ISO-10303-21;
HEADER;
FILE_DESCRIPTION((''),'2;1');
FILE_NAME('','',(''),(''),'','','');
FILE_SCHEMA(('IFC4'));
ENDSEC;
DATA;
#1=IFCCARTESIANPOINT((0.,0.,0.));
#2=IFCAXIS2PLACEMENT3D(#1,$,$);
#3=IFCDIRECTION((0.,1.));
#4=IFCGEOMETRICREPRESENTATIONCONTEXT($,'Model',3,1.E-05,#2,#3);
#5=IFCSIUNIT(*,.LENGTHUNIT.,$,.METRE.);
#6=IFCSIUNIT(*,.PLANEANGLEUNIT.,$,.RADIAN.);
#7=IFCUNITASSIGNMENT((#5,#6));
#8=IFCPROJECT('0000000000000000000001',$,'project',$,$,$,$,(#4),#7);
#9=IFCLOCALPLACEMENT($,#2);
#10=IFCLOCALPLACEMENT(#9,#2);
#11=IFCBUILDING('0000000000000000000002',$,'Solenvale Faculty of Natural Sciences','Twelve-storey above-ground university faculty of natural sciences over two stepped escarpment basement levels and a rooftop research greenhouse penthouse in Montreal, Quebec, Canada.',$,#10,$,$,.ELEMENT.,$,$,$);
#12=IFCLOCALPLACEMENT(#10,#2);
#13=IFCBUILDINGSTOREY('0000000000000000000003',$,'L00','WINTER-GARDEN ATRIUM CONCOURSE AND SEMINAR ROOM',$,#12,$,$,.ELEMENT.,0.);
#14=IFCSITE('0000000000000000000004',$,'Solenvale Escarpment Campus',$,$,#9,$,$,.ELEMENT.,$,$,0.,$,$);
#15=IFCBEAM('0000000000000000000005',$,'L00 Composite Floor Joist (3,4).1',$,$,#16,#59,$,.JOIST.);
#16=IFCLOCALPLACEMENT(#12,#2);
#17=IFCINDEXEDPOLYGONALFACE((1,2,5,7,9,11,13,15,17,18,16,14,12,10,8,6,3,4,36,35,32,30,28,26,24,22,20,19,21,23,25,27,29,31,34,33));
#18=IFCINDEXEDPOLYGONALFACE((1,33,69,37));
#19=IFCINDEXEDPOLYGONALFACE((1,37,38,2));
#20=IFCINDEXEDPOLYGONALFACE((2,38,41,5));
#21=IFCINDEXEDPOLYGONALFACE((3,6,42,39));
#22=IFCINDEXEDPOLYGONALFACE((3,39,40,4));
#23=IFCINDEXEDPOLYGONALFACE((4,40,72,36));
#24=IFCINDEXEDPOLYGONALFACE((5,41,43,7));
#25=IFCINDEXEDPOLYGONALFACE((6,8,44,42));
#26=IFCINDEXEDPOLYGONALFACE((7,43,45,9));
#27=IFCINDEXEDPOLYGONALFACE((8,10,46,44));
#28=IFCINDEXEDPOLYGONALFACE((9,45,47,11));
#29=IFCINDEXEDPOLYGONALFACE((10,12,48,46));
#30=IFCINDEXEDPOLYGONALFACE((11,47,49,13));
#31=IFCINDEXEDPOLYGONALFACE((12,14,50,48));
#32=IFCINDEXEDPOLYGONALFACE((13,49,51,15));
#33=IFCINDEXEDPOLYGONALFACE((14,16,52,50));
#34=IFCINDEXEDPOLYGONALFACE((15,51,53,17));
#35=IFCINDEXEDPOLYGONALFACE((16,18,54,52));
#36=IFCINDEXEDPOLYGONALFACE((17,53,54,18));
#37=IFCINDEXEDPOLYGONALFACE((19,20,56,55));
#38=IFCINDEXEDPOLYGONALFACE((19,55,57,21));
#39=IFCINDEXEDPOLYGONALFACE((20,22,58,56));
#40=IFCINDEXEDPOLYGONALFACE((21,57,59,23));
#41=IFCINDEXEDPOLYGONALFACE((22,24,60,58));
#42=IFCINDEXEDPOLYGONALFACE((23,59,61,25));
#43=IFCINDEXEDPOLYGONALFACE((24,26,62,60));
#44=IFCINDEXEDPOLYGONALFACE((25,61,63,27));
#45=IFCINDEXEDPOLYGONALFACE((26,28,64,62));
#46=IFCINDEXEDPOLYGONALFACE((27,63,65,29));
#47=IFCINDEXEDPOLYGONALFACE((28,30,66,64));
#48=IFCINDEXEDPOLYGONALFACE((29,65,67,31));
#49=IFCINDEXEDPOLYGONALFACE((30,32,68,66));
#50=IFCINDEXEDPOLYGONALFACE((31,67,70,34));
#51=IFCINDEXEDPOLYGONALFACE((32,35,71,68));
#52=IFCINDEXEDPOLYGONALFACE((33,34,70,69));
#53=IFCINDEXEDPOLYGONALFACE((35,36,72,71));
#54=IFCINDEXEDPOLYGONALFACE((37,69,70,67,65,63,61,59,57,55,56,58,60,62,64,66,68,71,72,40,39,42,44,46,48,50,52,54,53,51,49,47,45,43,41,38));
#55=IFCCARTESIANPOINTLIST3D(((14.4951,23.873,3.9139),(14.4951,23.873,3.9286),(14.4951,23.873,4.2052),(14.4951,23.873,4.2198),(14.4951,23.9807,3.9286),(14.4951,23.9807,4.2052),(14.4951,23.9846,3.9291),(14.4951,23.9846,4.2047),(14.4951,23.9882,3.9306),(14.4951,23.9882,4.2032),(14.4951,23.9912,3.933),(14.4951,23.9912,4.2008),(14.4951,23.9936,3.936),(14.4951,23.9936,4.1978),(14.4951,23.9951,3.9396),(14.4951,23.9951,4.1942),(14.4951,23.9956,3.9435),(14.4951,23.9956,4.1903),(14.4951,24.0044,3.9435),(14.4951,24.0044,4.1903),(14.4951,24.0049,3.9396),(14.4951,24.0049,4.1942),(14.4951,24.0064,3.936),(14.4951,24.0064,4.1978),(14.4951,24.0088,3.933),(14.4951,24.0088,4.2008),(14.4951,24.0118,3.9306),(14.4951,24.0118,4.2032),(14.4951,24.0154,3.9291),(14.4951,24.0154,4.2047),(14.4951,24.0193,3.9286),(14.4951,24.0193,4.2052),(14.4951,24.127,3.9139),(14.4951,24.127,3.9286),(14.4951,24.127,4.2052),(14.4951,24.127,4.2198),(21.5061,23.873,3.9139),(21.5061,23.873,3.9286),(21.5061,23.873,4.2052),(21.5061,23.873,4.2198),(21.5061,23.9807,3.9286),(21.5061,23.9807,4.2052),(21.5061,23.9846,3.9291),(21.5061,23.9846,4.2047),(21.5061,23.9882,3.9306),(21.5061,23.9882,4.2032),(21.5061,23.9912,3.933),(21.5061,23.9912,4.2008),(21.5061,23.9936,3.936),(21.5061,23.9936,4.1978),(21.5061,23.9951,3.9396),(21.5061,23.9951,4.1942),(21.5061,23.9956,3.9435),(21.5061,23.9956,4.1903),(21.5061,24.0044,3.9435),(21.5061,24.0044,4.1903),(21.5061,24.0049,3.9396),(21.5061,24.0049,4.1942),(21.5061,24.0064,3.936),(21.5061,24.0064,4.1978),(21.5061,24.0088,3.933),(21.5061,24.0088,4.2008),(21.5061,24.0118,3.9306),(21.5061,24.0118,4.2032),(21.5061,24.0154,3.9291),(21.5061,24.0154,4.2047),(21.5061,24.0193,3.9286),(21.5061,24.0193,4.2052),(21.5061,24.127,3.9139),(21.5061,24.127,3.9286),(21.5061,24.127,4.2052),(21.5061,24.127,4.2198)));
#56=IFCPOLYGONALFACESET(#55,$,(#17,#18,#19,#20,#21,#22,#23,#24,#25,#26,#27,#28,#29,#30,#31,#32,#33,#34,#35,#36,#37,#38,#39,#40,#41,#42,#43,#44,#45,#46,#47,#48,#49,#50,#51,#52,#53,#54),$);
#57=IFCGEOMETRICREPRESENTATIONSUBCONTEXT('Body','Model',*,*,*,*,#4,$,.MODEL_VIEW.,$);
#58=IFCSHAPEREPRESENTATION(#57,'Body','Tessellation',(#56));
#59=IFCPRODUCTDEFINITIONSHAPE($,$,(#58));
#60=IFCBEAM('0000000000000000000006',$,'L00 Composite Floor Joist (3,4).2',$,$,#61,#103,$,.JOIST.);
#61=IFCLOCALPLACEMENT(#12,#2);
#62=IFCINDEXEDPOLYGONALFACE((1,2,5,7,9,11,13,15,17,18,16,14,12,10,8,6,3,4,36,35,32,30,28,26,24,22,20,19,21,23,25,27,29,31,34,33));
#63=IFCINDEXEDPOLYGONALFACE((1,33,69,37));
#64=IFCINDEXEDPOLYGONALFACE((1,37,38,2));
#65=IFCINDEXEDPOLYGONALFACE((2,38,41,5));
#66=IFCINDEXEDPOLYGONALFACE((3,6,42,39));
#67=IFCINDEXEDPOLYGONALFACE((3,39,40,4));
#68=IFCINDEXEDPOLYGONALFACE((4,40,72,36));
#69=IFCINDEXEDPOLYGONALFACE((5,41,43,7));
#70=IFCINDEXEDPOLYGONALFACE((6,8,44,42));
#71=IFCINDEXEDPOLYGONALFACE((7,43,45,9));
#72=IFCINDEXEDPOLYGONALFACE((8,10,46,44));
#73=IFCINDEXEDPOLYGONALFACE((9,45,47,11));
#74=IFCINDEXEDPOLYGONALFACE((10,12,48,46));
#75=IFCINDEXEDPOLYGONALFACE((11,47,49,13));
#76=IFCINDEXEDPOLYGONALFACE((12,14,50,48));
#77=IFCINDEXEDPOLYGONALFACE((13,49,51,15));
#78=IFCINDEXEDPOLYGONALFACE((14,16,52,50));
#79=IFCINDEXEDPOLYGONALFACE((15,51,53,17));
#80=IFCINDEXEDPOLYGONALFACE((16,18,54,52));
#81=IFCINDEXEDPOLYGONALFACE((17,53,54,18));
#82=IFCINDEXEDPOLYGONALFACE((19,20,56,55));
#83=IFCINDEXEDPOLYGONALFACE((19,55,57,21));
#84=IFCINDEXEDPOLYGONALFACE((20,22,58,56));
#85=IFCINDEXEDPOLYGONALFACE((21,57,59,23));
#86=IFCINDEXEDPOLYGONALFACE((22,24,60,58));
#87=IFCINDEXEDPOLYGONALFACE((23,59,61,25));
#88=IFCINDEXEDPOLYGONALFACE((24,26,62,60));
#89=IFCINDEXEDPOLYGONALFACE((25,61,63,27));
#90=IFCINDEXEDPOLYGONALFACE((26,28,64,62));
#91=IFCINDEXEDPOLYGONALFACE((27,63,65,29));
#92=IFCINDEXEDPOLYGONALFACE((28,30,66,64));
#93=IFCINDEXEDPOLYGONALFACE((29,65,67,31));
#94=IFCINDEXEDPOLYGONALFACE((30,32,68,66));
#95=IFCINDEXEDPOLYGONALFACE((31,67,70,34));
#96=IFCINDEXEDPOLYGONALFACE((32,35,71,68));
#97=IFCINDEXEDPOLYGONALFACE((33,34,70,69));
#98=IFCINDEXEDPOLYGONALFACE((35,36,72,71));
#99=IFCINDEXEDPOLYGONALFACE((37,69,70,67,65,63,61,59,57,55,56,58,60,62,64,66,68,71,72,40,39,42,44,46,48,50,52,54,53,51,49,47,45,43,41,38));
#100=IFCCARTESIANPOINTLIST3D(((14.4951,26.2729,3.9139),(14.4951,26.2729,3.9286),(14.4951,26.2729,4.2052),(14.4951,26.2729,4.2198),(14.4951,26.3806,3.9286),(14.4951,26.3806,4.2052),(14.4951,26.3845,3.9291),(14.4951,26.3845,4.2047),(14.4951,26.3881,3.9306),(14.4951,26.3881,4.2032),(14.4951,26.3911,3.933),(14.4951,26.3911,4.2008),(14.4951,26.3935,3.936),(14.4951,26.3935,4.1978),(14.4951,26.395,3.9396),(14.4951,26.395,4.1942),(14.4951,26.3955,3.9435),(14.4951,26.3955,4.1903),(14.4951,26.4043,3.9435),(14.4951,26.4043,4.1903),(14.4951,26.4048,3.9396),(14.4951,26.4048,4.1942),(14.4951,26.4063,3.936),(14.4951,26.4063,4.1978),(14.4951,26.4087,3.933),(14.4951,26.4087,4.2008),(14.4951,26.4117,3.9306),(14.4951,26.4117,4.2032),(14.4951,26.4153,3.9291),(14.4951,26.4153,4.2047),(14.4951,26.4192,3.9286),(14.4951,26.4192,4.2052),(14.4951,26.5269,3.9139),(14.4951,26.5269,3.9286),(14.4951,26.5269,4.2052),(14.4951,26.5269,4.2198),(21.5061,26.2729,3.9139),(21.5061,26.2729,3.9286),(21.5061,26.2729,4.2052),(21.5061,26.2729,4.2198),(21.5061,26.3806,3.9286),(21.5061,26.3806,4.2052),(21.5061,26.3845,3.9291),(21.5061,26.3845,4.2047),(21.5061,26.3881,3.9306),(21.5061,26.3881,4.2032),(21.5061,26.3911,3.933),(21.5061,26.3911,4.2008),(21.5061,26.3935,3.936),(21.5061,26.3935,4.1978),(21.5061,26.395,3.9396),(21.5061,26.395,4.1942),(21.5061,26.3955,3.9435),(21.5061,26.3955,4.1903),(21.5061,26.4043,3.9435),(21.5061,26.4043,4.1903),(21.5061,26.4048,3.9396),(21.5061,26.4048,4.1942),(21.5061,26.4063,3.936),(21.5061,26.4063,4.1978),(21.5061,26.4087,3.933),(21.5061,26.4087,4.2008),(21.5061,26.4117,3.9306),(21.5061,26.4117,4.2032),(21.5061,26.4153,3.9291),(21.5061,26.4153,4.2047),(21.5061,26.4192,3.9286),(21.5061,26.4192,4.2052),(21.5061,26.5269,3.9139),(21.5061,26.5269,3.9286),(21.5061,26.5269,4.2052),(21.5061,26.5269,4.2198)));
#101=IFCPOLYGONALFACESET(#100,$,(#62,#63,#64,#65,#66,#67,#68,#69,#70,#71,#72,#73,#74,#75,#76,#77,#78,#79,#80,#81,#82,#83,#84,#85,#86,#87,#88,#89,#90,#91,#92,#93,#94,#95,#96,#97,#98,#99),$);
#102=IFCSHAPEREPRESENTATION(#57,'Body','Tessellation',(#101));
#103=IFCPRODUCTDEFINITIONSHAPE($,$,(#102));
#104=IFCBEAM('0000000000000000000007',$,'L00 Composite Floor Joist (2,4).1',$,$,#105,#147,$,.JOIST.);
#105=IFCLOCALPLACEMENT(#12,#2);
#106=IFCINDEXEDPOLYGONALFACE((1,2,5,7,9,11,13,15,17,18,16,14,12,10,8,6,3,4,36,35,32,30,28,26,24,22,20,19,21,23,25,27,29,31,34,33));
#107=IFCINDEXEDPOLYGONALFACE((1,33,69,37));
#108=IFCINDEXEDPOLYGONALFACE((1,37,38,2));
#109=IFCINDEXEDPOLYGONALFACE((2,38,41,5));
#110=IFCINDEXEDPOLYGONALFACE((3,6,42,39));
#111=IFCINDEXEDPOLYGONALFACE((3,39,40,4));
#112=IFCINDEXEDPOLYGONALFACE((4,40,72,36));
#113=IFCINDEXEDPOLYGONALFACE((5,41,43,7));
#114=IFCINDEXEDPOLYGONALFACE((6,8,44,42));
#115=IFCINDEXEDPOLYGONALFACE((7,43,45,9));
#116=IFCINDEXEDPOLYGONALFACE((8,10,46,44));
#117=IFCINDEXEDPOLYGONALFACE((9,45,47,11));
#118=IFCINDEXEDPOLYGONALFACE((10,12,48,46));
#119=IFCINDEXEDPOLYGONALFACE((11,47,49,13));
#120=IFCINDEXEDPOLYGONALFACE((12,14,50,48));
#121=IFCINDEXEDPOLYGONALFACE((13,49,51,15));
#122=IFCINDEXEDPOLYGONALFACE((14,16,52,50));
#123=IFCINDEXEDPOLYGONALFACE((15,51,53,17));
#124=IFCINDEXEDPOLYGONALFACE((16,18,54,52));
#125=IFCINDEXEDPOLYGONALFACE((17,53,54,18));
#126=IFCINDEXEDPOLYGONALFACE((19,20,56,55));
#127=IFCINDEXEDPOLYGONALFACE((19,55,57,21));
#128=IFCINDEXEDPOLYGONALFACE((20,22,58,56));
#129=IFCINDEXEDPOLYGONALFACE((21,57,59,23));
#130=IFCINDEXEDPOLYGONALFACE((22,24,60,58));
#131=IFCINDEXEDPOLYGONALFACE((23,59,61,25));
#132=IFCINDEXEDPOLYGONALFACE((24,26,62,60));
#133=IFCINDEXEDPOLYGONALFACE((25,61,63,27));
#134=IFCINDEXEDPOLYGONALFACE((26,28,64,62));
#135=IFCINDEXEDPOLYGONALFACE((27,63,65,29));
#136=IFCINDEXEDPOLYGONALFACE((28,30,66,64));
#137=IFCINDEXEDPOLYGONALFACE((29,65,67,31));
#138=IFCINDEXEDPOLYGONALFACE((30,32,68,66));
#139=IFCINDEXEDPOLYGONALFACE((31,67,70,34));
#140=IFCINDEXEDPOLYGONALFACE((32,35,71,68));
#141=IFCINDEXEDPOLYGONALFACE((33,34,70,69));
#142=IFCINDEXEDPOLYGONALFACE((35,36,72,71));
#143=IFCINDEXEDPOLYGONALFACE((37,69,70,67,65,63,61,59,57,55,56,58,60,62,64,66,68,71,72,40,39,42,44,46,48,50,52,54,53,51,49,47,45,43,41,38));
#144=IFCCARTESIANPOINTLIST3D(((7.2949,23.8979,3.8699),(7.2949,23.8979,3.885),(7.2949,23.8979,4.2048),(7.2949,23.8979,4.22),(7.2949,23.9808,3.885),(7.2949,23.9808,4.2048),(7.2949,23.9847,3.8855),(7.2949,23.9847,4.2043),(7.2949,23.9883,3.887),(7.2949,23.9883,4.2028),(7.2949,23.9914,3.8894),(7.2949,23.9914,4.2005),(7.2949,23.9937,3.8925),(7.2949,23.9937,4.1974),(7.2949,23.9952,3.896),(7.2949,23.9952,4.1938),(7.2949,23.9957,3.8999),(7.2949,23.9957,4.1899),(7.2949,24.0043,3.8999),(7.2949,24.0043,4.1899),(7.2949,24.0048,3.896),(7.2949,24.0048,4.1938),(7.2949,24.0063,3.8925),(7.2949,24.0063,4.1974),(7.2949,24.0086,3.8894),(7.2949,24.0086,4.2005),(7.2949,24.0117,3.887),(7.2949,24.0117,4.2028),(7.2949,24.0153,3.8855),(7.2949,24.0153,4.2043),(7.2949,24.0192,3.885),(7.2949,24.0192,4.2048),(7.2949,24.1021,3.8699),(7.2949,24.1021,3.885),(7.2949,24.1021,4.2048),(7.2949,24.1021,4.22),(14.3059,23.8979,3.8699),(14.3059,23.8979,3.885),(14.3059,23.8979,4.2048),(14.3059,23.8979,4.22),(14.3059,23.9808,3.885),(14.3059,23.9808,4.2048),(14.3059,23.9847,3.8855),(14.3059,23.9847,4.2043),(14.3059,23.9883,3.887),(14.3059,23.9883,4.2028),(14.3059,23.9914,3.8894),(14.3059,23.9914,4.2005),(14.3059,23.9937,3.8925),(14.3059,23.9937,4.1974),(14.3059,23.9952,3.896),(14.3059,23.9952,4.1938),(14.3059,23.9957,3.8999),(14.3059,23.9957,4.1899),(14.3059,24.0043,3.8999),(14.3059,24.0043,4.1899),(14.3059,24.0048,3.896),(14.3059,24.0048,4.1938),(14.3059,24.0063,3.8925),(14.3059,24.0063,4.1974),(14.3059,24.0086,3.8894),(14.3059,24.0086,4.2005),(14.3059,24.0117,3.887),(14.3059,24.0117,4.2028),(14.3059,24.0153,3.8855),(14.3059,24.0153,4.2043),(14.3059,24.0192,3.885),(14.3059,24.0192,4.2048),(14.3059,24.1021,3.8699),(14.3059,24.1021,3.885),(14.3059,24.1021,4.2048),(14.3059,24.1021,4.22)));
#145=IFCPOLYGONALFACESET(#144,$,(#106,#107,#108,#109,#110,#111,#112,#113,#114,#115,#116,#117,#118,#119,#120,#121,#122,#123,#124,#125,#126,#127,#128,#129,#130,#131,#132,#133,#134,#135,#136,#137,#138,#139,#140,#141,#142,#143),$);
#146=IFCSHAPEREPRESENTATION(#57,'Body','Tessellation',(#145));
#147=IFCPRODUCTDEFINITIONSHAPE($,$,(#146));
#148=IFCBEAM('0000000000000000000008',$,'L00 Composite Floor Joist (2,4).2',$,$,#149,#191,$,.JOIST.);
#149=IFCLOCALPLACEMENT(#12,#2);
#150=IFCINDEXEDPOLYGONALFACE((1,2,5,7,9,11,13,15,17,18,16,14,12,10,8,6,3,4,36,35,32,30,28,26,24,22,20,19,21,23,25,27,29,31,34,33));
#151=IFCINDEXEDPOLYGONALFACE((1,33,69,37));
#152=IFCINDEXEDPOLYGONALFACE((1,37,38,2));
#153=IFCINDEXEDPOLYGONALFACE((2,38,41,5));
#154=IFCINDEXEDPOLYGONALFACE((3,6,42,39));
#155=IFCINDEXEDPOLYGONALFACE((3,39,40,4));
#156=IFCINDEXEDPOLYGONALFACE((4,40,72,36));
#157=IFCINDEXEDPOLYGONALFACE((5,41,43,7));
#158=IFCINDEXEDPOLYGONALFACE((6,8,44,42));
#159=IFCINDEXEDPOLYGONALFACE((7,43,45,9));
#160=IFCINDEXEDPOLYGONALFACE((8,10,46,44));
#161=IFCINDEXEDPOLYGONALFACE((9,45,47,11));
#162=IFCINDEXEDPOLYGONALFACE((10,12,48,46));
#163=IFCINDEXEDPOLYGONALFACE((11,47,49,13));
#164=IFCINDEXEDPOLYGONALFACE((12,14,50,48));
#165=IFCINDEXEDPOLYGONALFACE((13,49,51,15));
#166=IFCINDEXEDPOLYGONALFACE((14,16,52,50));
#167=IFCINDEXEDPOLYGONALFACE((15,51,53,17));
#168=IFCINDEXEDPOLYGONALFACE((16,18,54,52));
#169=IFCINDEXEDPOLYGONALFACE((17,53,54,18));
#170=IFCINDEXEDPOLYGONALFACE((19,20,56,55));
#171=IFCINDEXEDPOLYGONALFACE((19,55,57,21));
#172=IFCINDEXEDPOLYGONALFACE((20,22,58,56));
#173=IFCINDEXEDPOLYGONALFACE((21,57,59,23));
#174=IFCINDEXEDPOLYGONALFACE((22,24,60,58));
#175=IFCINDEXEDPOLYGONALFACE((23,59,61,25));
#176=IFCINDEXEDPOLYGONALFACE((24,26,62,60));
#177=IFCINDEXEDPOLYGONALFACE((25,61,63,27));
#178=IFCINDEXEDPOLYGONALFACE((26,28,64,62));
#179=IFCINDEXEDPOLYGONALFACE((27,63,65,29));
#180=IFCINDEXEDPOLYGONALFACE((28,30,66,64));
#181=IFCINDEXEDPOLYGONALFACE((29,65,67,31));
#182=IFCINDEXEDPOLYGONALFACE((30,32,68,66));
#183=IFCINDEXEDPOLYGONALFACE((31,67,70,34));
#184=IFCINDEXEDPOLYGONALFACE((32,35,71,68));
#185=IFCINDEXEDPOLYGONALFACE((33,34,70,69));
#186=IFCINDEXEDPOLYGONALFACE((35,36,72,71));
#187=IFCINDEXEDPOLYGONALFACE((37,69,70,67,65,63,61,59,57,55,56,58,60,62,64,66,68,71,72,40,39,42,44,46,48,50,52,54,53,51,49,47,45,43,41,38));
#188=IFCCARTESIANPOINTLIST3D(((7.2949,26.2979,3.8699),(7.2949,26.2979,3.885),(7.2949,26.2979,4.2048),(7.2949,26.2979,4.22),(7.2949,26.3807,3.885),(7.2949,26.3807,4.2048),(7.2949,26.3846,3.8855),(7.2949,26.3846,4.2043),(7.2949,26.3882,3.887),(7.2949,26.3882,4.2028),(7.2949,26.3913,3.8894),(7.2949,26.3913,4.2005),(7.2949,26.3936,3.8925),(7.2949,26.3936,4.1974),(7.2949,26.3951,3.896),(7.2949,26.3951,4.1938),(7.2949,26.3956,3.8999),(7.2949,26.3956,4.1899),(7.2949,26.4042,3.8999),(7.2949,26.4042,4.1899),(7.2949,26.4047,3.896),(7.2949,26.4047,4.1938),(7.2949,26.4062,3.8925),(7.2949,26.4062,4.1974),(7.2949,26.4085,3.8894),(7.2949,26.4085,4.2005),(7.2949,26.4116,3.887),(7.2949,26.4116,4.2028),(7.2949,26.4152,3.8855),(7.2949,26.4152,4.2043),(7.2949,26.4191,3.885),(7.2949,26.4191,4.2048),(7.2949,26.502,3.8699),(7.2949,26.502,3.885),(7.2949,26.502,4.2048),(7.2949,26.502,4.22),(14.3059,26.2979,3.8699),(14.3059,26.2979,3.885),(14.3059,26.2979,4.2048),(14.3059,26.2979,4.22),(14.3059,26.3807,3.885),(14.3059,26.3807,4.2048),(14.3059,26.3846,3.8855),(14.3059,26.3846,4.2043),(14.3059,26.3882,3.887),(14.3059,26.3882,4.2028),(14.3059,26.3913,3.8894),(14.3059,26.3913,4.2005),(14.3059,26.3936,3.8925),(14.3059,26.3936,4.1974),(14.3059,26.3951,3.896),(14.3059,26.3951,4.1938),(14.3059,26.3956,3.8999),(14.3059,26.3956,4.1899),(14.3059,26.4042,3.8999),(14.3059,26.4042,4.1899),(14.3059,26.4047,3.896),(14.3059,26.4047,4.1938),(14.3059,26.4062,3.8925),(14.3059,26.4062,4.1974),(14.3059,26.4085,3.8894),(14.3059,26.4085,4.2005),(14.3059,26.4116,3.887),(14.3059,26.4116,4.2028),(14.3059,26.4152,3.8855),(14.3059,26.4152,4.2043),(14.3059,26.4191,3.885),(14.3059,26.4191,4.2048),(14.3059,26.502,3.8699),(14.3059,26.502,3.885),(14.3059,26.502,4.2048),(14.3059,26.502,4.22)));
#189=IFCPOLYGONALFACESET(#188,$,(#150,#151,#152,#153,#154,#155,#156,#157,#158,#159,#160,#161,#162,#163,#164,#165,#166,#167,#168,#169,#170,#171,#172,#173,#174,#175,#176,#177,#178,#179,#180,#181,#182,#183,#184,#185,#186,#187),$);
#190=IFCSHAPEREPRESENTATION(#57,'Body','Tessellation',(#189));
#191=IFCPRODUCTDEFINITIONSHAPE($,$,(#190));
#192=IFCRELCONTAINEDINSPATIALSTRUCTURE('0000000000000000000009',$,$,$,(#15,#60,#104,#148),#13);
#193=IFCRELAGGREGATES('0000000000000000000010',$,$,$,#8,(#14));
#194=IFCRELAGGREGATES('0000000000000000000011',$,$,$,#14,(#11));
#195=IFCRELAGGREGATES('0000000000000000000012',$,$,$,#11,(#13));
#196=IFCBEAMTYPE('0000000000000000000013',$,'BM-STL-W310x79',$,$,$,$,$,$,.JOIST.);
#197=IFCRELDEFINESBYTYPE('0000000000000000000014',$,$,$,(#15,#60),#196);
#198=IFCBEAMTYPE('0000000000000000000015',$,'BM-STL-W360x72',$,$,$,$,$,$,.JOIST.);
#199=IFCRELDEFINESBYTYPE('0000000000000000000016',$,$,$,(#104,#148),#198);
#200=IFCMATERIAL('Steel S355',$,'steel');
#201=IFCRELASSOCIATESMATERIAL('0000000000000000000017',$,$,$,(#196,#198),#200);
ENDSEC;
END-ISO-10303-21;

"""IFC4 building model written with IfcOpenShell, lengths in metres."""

from ifc_helpers import new_model, si_unit, direction, frame, origin, origin_2d, place, context, subcontext, project, spatial, i_section, extrude, material, material_profile, profile_set, type_object, element, save


model = new_model("IFC4")

# Units and contexts
model_context = context("Model", 3, precision=1e-05, world=origin(), true_north=direction((0.0, 1.0)))
body_context = subcontext(model_context, "Body", "Model", "MODEL_VIEW")
ifc_project = project(units=[si_unit("LENGTHUNIT", "METRE"), si_unit("PLANEANGLEUNIT", "RADIAN")], contexts=[model_context])

# Site, building, storey
site_placement = place(None, origin())
site = spatial("IfcSite", under=ifc_project, at=site_placement, Name="Solenvale Escarpment Campus", CompositionType="ELEMENT", RefElevation=0.0)
building_placement = place(site_placement, origin())
building = spatial("IfcBuilding", under=site, at=building_placement, Name="Solenvale Faculty of Natural Sciences", Description="Twelve-storey above-ground university faculty of natural sciences over two stepped escarpment basement levels and a rooftop research greenhouse penthouse in Montreal, Quebec, Canada.", CompositionType="ELEMENT")
storey_placement = place(building_placement, origin())
storey = spatial("IfcBuildingStorey", under=building, at=storey_placement, Name="L00", Description="WINTER-GARDEN ATRIUM CONCOURSE AND SEMINAR ROOM", CompositionType="ELEMENT", Elevation=0.0)

# Beams
ifc_material_1 = material(Name="Steel S355", Category="steel")
ifc_material_profile_1 = material_profile(ifc_material_1, i_section(OverallWidth=0.2539, OverallDepth=0.3059, WebThickness=0.0088, FlangeThickness=0.0146, FilletRadius=0.0149, at=origin_2d()), Name="W310x79")
ifc_profile_set_1 = profile_set([ifc_material_profile_1], Name="Steel S355")
beam_type_1 = type_object("IfcBeamType", Name="BM-STL-W310x79", PredefinedType="JOIST", material=ifc_profile_set_1)
for number, where, z_axis, x_axis, name in (
    (1, (14.4951, 24.0, 4.0669), (1.0, 0.0, 0.0), (0.0, 1.0, 0.0), "L00 Composite Floor Joist (3,4).1"),
    (2, (14.4951, 26.3999, 4.0669), (1.0, 0.0, 0.0), (0.0, 1.0, 0.0), "L00 Composite Floor Joist (3,4).2"),
):
    element("IfcBeam", number, at=place(storey_placement, frame(where, z_axis=z_axis, x_axis=x_axis)), inside=storey, type_object=beam_type_1, Name=name, PredefinedType="JOIST", context=body_context, shape_type="SweptSolid", body=[
        extrude(i_section(OverallWidth=0.2539, OverallDepth=0.3059, WebThickness=0.0088, FlangeThickness=0.0146, FilletRadius=0.0149, at=origin_2d()), origin(), (0.0, 0.0, 1.0), 7.011),
    ])
ifc_material_profile_2 = material_profile(ifc_material_1, i_section(OverallWidth=0.2041, OverallDepth=0.3501, WebThickness=0.0085, FlangeThickness=0.0151, FilletRadius=0.0149, at=origin_2d()), Name="W360x72")
ifc_profile_set_2 = profile_set([ifc_material_profile_2], Name="Steel S355")
beam_type_2 = type_object("IfcBeamType", Name="BM-STL-W360x72", PredefinedType="JOIST", material=ifc_profile_set_2)
for number, where, z_axis, x_axis, name in (
    (3, (7.2949, 24.0, 4.0449), (1.0, 0.0, 0.0), (0.0, 1.0, 0.0), "L00 Composite Floor Joist (2,4).1"),
    (4, (7.2949, 26.3999, 4.0449), (1.0, 0.0, 0.0), (0.0, 1.0, 0.0), "L00 Composite Floor Joist (2,4).2"),
):
    element("IfcBeam", number, at=place(storey_placement, frame(where, z_axis=z_axis, x_axis=x_axis)), inside=storey, type_object=beam_type_2, Name=name, PredefinedType="JOIST", context=body_context, shape_type="SweptSolid", body=[
        extrude(i_section(OverallWidth=0.2041, OverallDepth=0.3501, WebThickness=0.0085, FlangeThickness=0.0151, FilletRadius=0.0149, at=origin_2d()), origin(), (0.0, 0.0, 1.0), 7.011),
    ])

save(model, "model.ifc")
